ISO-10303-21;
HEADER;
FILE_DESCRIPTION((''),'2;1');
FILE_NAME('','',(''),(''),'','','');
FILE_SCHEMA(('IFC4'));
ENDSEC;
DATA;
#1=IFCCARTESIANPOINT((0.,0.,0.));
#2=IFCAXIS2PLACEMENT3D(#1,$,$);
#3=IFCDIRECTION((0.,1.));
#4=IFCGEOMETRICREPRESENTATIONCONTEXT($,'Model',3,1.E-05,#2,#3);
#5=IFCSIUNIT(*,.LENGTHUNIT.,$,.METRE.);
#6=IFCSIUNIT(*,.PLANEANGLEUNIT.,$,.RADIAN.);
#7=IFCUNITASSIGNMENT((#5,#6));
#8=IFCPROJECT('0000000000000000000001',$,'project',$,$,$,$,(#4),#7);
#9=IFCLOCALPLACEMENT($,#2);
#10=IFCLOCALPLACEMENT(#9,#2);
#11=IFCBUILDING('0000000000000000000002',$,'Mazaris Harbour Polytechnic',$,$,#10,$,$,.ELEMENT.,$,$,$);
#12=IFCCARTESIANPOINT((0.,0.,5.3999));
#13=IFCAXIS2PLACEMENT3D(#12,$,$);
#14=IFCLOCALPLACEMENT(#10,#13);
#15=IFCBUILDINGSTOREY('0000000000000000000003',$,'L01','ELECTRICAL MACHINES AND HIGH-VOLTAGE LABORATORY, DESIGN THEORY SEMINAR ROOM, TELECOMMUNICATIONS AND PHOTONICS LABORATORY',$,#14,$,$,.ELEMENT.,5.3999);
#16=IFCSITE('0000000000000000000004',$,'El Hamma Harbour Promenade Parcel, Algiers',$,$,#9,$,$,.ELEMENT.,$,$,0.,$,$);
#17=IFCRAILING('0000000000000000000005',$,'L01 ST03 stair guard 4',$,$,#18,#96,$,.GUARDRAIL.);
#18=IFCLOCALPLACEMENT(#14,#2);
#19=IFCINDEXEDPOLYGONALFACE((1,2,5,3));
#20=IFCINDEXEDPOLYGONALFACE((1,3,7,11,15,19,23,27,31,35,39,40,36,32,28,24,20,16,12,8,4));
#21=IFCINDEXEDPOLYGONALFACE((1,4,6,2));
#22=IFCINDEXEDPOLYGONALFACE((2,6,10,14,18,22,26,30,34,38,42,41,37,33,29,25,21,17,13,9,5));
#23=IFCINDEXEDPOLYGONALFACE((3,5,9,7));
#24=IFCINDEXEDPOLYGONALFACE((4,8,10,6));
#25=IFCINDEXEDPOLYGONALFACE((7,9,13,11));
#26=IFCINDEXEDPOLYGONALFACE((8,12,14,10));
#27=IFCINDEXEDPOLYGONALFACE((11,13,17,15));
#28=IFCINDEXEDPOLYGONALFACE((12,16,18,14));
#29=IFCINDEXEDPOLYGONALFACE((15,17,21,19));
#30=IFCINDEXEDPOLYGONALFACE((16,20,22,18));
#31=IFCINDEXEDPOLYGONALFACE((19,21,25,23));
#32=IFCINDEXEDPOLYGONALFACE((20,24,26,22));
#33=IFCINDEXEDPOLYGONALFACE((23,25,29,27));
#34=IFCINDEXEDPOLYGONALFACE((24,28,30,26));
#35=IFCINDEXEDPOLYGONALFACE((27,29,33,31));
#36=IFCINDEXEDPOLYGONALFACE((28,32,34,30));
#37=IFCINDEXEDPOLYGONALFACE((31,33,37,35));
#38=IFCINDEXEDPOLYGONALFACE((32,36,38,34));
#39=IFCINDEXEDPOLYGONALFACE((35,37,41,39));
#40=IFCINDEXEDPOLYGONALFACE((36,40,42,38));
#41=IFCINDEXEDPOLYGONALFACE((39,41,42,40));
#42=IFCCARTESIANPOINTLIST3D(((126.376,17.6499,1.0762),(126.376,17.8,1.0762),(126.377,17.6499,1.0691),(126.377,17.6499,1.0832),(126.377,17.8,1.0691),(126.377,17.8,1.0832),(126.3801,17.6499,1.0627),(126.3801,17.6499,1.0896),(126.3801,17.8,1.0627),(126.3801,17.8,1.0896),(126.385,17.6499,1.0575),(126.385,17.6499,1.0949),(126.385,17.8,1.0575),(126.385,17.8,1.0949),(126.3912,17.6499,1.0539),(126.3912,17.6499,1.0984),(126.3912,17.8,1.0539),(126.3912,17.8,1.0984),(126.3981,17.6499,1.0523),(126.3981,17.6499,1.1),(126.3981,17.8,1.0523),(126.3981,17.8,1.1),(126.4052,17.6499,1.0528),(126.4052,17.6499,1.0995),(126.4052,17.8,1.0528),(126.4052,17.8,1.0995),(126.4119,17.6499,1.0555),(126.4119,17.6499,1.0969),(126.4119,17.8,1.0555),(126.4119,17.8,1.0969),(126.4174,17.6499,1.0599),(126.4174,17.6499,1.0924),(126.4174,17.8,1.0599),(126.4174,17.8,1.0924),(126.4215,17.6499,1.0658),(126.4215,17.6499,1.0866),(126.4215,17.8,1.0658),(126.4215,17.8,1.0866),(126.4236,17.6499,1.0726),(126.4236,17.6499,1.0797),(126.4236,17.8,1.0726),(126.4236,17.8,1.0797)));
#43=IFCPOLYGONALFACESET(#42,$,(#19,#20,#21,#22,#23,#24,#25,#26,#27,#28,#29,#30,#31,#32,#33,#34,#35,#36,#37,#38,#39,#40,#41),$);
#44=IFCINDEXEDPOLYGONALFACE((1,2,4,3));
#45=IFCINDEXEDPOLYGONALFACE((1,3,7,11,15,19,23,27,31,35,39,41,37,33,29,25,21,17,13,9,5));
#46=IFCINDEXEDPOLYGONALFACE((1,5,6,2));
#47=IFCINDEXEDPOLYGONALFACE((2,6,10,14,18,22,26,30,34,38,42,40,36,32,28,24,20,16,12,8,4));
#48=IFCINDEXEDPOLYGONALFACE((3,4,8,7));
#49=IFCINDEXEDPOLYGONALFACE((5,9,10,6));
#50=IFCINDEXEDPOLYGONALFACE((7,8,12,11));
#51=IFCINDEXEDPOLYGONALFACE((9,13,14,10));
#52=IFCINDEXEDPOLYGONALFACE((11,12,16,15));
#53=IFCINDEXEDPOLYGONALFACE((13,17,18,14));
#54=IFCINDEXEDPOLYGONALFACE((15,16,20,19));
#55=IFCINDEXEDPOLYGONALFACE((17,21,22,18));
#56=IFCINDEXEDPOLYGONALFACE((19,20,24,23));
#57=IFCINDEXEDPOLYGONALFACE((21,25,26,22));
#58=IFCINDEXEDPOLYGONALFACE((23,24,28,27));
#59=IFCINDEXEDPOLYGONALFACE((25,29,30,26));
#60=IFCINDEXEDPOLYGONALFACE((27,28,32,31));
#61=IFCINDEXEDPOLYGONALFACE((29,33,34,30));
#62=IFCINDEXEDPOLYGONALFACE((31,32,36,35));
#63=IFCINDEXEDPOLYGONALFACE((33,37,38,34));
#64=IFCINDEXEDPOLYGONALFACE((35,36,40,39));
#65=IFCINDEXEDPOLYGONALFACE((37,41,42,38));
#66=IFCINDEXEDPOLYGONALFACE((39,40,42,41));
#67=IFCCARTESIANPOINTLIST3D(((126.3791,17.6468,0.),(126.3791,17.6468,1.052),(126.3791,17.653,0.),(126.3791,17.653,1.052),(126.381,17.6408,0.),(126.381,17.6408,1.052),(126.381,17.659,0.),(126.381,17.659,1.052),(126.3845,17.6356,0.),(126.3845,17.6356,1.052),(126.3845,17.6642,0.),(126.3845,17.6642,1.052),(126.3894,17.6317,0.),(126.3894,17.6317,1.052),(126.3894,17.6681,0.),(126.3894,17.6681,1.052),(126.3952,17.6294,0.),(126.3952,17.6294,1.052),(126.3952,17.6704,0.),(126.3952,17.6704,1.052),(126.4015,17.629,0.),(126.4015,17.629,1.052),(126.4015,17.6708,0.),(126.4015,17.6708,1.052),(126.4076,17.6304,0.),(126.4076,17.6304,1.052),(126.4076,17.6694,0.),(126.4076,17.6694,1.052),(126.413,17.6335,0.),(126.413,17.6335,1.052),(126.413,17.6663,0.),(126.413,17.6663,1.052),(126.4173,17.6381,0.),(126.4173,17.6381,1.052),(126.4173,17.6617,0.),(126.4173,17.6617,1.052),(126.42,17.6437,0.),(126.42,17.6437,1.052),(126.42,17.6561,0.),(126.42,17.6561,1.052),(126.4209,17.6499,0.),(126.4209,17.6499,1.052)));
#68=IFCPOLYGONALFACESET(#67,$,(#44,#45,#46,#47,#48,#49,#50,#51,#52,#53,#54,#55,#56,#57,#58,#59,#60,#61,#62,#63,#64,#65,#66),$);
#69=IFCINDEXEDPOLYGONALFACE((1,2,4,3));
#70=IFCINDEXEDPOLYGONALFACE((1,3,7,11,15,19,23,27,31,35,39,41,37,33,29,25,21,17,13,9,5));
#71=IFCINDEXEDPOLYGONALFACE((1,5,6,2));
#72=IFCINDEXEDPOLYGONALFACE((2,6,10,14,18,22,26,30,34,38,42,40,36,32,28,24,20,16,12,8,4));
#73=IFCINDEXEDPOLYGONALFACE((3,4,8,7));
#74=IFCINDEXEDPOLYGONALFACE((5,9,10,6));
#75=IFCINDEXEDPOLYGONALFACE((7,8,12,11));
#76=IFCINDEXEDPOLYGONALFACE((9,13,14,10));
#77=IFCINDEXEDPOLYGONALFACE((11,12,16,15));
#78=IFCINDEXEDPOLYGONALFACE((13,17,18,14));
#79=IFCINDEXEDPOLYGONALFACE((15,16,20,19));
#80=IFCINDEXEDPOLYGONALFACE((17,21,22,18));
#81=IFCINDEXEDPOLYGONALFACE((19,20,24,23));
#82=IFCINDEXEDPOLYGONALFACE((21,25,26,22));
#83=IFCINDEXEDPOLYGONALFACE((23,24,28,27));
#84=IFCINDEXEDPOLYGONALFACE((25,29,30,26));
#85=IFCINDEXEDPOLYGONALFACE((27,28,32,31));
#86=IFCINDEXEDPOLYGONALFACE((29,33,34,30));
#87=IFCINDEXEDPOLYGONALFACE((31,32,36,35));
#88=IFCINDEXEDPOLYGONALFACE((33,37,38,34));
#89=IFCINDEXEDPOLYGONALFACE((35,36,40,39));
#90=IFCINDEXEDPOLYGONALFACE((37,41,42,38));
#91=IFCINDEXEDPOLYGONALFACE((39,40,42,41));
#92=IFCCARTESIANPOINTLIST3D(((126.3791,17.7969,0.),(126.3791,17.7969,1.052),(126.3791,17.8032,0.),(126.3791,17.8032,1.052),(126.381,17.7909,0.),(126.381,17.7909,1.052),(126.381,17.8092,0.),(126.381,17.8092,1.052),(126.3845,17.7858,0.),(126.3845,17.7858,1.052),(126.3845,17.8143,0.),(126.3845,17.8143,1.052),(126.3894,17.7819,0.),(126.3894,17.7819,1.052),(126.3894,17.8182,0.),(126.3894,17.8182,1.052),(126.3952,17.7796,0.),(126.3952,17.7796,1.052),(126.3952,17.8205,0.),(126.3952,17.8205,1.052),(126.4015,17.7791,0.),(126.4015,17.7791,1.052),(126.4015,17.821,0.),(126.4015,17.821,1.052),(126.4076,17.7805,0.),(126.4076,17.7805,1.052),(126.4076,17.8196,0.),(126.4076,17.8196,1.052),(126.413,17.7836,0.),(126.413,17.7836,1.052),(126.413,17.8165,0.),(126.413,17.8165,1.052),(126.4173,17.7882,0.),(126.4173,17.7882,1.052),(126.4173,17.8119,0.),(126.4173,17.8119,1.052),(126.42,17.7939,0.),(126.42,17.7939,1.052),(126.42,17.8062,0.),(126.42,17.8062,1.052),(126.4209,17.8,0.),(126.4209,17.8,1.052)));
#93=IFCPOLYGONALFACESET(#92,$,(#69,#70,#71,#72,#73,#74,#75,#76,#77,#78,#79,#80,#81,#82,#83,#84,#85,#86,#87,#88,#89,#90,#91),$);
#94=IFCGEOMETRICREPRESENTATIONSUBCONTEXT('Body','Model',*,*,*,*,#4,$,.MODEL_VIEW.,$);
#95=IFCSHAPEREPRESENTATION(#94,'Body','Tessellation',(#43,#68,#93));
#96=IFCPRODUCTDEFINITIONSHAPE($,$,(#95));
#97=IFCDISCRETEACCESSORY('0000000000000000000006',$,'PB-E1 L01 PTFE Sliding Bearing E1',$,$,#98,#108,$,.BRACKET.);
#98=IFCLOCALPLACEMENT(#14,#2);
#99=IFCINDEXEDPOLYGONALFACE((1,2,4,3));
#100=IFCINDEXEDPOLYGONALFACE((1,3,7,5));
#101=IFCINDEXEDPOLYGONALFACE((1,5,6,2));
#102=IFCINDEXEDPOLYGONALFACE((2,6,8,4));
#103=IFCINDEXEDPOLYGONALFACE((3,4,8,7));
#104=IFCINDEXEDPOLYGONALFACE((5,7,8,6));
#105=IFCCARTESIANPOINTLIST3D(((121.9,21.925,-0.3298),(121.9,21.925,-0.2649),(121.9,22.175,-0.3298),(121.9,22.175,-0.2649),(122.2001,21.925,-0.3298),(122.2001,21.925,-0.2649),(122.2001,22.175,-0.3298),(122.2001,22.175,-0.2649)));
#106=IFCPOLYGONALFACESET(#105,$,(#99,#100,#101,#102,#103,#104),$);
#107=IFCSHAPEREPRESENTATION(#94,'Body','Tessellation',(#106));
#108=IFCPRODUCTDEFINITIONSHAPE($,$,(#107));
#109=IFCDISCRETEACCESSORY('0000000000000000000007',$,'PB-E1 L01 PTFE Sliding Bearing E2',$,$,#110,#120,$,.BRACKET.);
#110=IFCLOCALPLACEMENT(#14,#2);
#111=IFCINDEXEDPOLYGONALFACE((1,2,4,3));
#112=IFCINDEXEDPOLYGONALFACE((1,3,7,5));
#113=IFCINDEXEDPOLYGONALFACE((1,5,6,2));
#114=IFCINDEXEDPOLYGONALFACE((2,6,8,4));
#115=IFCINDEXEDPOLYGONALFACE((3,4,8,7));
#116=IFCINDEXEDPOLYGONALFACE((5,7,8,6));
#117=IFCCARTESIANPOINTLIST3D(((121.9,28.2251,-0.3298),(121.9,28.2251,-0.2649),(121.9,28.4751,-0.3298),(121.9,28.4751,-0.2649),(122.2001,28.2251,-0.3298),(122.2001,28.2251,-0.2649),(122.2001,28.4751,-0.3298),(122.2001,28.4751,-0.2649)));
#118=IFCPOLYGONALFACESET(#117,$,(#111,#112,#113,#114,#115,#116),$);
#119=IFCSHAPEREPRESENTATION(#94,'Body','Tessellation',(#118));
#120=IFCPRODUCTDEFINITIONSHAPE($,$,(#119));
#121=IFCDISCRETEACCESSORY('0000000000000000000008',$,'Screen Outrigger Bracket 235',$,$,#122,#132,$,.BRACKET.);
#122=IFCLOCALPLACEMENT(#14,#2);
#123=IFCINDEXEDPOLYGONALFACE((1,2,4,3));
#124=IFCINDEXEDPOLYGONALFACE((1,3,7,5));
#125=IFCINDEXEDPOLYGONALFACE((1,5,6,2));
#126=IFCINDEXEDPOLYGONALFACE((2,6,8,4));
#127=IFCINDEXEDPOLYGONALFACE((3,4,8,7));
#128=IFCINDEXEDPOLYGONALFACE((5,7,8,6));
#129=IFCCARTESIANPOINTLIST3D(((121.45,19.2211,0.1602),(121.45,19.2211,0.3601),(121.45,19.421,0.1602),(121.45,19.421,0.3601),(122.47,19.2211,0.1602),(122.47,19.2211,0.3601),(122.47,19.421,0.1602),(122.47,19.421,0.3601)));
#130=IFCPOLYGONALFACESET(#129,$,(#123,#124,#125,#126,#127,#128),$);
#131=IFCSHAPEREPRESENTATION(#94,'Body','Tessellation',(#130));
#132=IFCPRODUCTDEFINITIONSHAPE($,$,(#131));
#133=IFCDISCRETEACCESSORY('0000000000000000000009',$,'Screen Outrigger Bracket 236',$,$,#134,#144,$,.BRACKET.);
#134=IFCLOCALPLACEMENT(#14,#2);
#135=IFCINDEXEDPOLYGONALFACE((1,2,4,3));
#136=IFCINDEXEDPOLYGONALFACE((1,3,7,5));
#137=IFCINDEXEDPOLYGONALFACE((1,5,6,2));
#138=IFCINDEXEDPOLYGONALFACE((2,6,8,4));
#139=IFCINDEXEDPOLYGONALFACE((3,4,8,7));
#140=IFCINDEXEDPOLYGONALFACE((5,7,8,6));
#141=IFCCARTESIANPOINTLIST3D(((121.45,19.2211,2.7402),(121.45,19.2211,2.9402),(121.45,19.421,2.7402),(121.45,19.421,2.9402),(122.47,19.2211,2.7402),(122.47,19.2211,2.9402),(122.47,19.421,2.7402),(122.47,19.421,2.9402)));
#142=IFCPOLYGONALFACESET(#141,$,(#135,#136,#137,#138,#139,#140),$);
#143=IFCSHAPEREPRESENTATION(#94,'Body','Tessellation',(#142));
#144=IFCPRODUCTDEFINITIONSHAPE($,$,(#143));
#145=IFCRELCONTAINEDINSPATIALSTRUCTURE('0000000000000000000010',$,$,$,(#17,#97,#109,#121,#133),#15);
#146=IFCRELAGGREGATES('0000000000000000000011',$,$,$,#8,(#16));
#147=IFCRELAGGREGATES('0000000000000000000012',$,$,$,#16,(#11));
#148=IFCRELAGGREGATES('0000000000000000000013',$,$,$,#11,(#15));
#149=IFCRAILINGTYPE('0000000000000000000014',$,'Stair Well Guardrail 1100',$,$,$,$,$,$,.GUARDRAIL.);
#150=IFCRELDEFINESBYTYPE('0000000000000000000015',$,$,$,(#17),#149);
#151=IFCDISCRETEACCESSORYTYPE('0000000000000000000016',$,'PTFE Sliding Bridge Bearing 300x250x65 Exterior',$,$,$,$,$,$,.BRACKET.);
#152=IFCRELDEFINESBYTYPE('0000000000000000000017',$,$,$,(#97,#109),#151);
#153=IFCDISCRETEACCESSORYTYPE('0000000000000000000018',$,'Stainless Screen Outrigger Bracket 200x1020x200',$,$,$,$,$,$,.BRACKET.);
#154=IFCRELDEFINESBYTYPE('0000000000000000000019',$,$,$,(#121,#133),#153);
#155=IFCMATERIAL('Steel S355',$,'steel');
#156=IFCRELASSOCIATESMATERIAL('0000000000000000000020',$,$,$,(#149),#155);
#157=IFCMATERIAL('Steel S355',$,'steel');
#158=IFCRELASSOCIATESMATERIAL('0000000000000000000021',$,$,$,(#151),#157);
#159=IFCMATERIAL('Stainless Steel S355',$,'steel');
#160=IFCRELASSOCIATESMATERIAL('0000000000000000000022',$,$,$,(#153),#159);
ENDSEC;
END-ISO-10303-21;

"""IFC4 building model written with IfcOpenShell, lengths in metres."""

from ifc_helpers import new_model, si_unit, direction, frame, origin, origin_2d, place, context, subcontext, project, spatial, rectangle, circle, extrude, material, type_object, element, save


model = new_model("IFC4")

# Units and contexts
model_context = context("Model", 3, precision=1e-05, world=origin(), true_north=direction((0.0, 1.0)))
body_context = subcontext(model_context, "Body", "Model", "MODEL_VIEW")
ifc_project = project(units=[si_unit("LENGTHUNIT", "METRE"), si_unit("PLANEANGLEUNIT", "RADIAN")], contexts=[model_context])

# Site, building, storey
site_placement = place(None, origin())
site = spatial("IfcSite", under=ifc_project, at=site_placement, Name="El Hamma Harbour Promenade Parcel, Algiers", CompositionType="ELEMENT", RefElevation=0.0)
building_placement = place(site_placement, origin())
building = spatial("IfcBuilding", under=site, at=building_placement, Name="Mazaris Harbour Polytechnic", CompositionType="ELEMENT")
storey_placement = place(building_placement, frame((0.0, 0.0, 5.3999)))
storey = spatial("IfcBuildingStorey", under=building, at=storey_placement, Name="L01", Description="ELECTRICAL MACHINES AND HIGH-VOLTAGE LABORATORY, DESIGN THEORY SEMINAR ROOM, TELECOMMUNICATIONS AND PHOTONICS LABORATORY", CompositionType="ELEMENT", Elevation=5.3999)

# Railing
ifc_material_1 = material(Name="Steel S355", Category="steel")
railing_type_1 = type_object("IfcRailingType", Name="Stair Well Guardrail 1100", PredefinedType="GUARDRAIL", material=ifc_material_1)
railing_1_placement = place(storey_placement, frame((126.3999, 17.6499, 0.0)))
element("IfcRailing", 1, at=railing_1_placement, inside=storey, type_object=railing_type_1, Name="L01 ST03 stair guard 4", PredefinedType="GUARDRAIL", context=body_context, shape_type="SweptSolid", body=[
    extrude(circle(Radius=0.0239, at=origin_2d()), frame((0.0, 0.0, 1.0762), z_axis=(0.0, 1.0, 0.0), x_axis=(-1.0, 0.0, 0.0)), (0.0, 0.0, 1.0), 0.1501),
    extrude(circle(Radius=0.021, at=origin_2d()), origin(), (0.0, 0.0, 1.0), 1.052),
    extrude(circle(Radius=0.021, at=origin_2d()), frame((0.0, 0.1501, 0.0)), (0.0, 0.0, 1.0), 1.052),
])

# Discrete accessories
ifc_material_2 = material(Name="Steel S355", Category="steel")
discrete_accessory_type_1 = type_object("IfcDiscreteAccessoryType", Name="PTFE Sliding Bridge Bearing 300x250x65 Exterior", PredefinedType="BRACKET", material=ifc_material_2)
for number, where, z_axis, x_axis, name in (
    (2, (122.05, 22.05, -0.3298), (0.0, 0.0, 1.0), (1.0, 0.0, 0.0), "PB-E1 L01 PTFE Sliding Bearing E1"),
    (3, (122.05, 28.3501, -0.3298), (0.0, 0.0, 1.0), (1.0, 0.0, 0.0), "PB-E1 L01 PTFE Sliding Bearing E2"),
):
    element("IfcDiscreteAccessory", number, at=place(storey_placement, frame(where, z_axis=z_axis, x_axis=x_axis)), inside=storey, type_object=discrete_accessory_type_1, Name=name, PredefinedType="BRACKET", context=body_context, shape_type="SweptSolid", body=[
        extrude(rectangle(XDim=0.3, YDim=0.25, at=origin_2d()), origin(), (0.0, 0.0, 1.0), 0.0649),
    ])
ifc_material_3 = material(Name="Stainless Steel S355", Category="steel")
discrete_accessory_type_2 = type_object("IfcDiscreteAccessoryType", Name="Stainless Screen Outrigger Bracket 200x1020x200", PredefinedType="BRACKET", material=ifc_material_3)
for number, where, z_axis, x_axis, name in (
    (4, (121.96, 19.321, 0.1602), (0.0, 0.0, 1.0), (0.0, 1.0, 0.0), "Screen Outrigger Bracket 235"),
    (5, (121.96, 19.321, 2.7402), (0.0, 0.0, 1.0), (0.0, 1.0, 0.0), "Screen Outrigger Bracket 236"),
):
    element("IfcDiscreteAccessory", number, at=place(storey_placement, frame(where, z_axis=z_axis, x_axis=x_axis)), inside=storey, type_object=discrete_accessory_type_2, Name=name, PredefinedType="BRACKET", context=body_context, shape_type="SweptSolid", body=[
        extrude(rectangle(XDim=0.2, YDim=1.02, at=origin_2d()), origin(), (0.0, 0.0, 1.0), 0.2),
    ])

save(model, "model.ifc")
